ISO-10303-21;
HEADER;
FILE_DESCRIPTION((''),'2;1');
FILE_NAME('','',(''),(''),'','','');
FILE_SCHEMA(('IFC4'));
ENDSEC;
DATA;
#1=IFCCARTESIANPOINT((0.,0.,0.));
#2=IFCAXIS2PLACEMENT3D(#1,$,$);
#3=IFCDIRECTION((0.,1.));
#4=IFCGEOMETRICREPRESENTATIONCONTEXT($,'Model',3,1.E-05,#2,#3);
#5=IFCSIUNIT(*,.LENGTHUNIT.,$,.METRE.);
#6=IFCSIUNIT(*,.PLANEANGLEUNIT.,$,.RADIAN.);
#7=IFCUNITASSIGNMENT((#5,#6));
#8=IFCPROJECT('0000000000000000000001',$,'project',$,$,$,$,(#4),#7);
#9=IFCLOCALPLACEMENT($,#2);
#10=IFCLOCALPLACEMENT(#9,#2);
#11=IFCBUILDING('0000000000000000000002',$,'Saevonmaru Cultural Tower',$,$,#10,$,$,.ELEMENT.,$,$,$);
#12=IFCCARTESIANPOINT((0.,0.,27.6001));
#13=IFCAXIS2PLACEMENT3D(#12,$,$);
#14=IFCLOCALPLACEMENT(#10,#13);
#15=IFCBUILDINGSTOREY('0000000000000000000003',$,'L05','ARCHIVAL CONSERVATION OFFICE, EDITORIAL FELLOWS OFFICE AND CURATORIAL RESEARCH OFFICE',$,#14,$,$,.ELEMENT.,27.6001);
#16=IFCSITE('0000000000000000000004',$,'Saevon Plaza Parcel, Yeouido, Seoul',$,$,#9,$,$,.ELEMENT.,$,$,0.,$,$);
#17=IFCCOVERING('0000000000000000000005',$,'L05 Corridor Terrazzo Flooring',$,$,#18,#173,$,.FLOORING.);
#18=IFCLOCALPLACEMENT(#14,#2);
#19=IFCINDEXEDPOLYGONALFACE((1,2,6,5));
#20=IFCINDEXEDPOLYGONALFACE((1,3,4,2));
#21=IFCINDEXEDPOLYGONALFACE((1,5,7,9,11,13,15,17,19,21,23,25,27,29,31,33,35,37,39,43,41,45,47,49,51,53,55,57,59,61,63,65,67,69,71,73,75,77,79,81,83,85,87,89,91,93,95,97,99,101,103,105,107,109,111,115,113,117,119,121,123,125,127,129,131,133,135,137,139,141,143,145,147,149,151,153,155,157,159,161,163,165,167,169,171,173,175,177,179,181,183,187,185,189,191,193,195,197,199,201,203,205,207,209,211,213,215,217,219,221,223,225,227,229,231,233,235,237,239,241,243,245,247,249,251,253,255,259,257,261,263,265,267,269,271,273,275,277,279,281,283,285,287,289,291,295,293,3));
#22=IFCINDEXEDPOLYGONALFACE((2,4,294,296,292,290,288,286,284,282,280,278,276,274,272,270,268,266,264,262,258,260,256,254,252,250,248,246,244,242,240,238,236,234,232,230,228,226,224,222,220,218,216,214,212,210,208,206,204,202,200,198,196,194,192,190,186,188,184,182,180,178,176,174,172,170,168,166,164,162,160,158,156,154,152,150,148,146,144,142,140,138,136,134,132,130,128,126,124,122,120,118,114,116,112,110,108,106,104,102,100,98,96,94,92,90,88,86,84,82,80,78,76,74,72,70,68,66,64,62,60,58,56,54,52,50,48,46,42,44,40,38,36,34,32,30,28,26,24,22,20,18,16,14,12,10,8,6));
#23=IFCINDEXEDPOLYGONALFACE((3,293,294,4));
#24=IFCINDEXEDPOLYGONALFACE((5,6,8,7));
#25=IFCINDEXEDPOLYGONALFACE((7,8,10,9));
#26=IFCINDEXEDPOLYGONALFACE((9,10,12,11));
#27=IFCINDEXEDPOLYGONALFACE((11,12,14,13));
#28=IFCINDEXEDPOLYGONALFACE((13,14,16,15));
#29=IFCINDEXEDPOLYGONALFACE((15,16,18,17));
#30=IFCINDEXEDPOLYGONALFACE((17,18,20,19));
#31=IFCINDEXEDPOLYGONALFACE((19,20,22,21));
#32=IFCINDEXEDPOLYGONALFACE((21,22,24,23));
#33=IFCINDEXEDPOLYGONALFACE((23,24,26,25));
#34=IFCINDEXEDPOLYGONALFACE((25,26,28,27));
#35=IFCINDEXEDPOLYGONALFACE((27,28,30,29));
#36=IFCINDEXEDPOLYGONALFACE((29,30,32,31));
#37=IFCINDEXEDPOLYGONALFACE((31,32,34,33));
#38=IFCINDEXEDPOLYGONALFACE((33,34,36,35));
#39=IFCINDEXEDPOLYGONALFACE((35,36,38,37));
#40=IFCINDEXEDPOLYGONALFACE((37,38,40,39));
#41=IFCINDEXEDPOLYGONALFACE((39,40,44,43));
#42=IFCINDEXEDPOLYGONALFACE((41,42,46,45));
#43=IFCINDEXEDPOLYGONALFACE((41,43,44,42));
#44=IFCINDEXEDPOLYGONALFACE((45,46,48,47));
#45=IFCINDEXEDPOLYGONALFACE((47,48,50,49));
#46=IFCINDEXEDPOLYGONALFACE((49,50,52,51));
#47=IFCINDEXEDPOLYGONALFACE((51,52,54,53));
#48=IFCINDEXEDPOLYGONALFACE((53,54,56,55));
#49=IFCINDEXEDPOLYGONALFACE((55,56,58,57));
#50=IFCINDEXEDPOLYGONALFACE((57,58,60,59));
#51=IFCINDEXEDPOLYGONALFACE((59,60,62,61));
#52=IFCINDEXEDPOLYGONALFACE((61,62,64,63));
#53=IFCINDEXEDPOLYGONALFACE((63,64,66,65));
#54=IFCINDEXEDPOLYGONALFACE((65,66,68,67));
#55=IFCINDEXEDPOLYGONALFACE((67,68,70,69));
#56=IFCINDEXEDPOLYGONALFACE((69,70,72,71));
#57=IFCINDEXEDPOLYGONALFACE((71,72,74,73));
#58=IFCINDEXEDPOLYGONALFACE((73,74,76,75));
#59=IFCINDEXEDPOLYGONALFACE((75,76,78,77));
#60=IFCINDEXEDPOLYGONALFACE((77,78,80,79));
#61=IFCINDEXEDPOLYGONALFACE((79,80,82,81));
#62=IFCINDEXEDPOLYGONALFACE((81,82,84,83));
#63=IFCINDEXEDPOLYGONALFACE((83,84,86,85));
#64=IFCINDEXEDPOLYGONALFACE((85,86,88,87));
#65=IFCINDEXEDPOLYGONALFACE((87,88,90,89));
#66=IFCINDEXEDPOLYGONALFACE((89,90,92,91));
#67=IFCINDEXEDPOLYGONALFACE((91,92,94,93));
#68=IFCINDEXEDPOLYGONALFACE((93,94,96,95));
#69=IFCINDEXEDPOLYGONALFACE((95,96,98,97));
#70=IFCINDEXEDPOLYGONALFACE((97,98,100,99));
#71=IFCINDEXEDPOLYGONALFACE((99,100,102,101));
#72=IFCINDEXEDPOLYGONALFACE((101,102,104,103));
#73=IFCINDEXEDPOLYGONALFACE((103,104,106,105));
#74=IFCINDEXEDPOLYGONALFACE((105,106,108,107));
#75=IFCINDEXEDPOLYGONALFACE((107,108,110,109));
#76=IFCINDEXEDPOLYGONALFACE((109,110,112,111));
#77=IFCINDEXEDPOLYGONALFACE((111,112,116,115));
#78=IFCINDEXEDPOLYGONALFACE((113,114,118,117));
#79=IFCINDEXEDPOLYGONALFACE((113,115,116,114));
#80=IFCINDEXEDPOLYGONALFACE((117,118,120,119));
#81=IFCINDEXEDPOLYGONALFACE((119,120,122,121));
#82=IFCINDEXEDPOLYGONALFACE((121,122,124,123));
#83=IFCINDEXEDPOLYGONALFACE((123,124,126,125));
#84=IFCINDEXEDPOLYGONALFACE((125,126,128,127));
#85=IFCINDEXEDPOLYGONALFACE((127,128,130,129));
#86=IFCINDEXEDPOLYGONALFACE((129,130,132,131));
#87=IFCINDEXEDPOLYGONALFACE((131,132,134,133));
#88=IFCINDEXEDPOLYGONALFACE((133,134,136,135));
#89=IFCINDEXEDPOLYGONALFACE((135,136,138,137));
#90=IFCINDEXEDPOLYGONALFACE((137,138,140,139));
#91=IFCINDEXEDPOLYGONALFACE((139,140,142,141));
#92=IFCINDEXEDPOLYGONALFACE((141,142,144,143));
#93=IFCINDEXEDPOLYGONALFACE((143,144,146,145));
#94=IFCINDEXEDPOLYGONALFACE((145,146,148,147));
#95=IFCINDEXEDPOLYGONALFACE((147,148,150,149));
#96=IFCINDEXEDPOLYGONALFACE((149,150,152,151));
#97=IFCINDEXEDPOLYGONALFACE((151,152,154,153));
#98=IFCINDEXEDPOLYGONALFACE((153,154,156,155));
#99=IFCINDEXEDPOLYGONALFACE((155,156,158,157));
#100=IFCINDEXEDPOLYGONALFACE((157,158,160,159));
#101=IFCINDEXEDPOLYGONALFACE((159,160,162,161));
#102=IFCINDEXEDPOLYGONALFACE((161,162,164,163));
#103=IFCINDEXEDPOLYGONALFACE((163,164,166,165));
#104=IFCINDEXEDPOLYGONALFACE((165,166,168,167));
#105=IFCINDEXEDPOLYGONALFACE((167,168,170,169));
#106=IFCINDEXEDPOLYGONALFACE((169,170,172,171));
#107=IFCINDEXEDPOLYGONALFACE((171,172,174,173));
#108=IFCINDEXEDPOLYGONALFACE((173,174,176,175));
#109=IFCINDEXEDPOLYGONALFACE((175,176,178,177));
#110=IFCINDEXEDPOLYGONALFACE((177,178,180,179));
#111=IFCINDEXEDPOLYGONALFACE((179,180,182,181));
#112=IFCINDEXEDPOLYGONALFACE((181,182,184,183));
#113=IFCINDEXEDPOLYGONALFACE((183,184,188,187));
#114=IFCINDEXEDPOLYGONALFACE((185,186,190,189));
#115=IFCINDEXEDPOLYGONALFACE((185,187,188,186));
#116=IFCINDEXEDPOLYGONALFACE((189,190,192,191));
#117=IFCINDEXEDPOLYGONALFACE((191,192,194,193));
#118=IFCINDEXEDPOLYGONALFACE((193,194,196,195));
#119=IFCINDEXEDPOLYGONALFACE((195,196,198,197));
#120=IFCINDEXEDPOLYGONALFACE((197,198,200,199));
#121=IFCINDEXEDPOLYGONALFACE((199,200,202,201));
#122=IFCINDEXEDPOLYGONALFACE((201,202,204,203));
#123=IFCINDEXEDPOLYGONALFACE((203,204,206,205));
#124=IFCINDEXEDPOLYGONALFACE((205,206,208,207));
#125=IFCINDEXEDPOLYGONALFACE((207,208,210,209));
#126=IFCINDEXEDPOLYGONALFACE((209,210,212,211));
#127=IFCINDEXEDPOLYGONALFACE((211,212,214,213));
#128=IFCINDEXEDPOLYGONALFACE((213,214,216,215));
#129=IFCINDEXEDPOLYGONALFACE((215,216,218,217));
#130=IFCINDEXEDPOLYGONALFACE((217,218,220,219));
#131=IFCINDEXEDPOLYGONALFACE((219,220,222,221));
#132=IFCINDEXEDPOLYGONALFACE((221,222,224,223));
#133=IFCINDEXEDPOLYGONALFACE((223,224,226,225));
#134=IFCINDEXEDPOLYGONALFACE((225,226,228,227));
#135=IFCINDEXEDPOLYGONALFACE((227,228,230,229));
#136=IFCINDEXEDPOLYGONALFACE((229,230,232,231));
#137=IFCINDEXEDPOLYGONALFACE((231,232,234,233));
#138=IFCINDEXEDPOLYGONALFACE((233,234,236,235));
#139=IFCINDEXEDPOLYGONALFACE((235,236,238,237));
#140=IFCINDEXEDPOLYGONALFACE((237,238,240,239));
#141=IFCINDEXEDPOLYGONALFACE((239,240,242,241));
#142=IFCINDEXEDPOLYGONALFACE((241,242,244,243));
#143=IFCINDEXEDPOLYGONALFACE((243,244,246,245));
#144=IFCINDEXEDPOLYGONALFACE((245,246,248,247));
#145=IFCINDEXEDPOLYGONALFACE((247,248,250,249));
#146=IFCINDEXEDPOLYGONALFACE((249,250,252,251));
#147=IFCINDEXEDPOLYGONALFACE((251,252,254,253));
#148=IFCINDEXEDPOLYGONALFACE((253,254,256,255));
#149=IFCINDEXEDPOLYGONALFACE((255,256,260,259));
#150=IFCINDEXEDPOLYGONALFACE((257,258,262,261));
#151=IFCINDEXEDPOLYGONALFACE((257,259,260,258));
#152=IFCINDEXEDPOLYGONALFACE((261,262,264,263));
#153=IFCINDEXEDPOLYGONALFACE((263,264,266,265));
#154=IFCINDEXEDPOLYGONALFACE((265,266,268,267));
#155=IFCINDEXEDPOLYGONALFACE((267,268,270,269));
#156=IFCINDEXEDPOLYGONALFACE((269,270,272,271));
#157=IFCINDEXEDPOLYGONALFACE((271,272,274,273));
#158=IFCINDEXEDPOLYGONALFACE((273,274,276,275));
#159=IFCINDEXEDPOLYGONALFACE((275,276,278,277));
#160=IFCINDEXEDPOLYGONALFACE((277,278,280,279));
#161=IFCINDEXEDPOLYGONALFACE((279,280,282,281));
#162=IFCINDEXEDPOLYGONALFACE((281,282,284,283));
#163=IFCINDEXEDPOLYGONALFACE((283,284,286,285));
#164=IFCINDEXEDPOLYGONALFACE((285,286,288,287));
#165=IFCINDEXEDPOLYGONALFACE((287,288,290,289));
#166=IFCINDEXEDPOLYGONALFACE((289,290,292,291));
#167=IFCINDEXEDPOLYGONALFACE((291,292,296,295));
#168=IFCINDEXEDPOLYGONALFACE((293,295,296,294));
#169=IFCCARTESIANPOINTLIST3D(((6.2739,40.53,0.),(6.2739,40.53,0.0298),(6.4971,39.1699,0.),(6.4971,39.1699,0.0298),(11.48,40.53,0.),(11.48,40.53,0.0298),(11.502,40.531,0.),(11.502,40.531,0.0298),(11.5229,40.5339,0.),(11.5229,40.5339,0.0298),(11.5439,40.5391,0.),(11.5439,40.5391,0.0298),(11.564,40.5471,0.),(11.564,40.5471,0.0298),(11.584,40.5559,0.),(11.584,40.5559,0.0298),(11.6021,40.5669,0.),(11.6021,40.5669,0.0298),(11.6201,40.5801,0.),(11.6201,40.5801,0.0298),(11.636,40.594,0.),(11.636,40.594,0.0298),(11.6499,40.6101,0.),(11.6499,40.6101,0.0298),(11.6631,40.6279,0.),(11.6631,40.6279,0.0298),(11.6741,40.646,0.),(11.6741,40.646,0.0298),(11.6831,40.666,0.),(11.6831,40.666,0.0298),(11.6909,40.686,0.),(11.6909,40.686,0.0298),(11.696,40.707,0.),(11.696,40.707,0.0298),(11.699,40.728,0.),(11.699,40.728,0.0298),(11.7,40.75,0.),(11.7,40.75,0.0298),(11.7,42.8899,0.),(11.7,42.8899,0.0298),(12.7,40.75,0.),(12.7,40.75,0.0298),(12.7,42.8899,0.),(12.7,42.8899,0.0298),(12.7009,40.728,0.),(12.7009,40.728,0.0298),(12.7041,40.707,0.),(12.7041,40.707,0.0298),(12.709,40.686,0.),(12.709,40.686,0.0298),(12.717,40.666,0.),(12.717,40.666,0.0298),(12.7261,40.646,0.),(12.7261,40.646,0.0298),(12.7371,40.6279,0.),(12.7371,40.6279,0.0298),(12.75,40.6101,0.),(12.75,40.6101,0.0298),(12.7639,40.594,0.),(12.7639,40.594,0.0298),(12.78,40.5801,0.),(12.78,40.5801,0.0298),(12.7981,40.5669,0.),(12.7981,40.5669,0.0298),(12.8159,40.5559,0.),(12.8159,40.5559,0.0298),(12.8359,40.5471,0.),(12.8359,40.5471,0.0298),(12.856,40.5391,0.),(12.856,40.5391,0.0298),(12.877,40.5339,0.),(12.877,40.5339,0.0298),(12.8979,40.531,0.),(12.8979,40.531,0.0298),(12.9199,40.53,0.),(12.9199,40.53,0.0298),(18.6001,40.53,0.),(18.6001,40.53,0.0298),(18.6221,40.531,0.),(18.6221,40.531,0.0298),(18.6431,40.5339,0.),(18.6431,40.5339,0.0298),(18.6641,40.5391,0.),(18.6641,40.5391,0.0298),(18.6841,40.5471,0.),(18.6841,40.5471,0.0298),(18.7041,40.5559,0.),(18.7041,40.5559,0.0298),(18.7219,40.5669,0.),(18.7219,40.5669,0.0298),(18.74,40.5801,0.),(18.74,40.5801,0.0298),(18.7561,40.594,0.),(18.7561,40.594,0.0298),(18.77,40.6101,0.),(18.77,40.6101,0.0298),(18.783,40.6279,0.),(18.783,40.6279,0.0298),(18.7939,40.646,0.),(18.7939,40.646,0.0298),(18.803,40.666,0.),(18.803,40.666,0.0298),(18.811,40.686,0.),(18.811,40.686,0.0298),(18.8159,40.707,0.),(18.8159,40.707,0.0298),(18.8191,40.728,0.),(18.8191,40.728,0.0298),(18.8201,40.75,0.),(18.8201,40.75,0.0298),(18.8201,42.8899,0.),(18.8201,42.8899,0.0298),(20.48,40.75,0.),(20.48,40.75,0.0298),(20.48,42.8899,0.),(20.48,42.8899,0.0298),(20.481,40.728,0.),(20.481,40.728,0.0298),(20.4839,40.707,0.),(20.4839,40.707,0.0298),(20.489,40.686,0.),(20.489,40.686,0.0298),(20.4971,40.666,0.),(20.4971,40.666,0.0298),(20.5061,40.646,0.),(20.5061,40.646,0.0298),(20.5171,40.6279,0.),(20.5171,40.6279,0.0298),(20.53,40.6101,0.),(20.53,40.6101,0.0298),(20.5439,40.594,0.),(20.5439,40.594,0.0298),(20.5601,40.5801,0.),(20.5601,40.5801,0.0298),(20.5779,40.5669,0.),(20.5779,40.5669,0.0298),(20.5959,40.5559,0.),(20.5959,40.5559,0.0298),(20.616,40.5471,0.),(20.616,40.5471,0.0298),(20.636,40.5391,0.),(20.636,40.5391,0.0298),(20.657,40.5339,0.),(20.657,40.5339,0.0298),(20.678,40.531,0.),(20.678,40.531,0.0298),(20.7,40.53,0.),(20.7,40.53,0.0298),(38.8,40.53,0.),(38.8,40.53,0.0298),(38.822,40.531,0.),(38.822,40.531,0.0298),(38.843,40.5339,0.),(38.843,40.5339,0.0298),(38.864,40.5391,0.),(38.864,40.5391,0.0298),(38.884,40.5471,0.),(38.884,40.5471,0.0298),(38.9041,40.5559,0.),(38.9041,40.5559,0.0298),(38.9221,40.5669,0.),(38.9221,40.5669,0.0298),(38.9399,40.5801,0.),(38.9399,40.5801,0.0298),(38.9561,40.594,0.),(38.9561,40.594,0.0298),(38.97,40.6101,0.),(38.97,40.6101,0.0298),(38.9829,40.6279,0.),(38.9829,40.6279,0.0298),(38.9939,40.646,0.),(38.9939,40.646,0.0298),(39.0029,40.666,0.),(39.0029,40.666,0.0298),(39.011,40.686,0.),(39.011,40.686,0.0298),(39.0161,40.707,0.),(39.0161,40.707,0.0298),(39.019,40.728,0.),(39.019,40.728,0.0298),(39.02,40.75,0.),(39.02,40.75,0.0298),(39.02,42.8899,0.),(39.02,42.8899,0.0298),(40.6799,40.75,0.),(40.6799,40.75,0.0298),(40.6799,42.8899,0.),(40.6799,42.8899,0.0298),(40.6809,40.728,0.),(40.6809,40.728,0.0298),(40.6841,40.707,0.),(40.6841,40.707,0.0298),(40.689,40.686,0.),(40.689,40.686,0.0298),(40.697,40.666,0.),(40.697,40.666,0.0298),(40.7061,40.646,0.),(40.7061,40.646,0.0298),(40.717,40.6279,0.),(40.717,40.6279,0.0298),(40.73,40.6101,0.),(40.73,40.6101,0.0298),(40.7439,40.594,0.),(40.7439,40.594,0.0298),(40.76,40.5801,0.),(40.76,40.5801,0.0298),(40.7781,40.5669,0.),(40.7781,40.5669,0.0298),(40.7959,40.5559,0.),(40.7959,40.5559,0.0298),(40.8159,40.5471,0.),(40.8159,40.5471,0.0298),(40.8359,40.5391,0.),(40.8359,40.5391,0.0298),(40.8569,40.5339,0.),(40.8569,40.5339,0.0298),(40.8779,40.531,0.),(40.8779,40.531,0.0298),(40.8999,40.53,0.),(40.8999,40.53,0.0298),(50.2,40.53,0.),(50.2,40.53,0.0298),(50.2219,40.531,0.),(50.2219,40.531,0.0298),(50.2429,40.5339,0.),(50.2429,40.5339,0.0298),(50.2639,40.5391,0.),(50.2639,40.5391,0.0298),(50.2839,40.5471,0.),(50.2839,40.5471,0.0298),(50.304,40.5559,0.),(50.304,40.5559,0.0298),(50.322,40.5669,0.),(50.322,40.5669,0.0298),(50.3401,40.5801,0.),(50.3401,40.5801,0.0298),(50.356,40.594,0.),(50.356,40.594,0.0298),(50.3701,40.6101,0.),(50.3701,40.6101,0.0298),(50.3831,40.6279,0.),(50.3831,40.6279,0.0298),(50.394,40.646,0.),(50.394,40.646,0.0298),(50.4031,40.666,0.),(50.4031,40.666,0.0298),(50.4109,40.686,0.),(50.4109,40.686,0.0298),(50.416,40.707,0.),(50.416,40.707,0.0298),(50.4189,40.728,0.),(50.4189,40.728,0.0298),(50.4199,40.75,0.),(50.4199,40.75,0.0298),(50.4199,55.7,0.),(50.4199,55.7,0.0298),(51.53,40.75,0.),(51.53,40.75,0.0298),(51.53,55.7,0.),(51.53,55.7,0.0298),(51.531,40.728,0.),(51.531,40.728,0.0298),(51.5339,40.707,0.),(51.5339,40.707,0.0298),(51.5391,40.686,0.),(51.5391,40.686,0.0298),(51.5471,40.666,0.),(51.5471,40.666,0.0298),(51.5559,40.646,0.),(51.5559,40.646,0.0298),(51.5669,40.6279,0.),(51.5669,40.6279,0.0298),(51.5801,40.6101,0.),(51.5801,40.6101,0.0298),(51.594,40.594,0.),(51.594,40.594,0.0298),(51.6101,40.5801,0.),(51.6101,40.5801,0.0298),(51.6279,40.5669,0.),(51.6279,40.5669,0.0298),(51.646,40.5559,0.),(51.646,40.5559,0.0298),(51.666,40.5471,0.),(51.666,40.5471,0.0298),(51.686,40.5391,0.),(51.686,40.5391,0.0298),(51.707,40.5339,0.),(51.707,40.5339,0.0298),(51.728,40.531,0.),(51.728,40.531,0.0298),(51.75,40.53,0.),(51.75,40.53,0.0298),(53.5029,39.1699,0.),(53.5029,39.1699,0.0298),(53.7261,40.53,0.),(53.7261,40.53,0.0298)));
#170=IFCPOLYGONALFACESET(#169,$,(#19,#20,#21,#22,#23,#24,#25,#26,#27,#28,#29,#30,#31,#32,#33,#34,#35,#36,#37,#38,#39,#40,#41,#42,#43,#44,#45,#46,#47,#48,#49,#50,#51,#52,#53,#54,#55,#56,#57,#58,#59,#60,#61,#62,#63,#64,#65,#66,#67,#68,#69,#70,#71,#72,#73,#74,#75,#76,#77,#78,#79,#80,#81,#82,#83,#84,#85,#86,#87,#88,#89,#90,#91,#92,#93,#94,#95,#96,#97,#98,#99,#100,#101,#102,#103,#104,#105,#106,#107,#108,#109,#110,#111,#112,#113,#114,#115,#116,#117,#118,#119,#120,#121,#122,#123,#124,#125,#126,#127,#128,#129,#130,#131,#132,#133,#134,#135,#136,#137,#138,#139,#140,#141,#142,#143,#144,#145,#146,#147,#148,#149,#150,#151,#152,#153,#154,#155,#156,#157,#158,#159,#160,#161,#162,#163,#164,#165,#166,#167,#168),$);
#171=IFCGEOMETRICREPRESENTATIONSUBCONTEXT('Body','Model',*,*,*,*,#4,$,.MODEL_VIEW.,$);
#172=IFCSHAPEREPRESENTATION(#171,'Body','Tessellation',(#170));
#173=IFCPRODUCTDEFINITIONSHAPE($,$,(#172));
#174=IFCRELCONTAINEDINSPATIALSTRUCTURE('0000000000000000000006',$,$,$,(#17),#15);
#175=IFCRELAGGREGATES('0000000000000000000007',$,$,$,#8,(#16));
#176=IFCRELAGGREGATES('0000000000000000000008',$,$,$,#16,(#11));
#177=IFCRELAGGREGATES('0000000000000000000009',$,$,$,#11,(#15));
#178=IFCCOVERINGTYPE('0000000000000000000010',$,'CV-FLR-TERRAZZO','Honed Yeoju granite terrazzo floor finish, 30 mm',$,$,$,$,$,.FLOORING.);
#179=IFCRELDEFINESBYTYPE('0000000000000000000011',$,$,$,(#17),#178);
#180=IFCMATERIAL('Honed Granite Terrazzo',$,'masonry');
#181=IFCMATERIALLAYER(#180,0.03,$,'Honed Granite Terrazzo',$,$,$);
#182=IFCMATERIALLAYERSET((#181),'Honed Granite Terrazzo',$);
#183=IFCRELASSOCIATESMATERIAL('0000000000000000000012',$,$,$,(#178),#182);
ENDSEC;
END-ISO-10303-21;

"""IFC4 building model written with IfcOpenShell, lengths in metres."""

from ifc_helpers import new_model, si_unit, direction, frame, origin, place, context, subcontext, project, spatial, polyline, outline, extrude, material, layer, layer_set, type_object, element, save


model = new_model("IFC4")

# Units and contexts
model_context = context("Model", 3, precision=1e-05, world=origin(), true_north=direction((0.0, 1.0)))
body_context = subcontext(model_context, "Body", "Model", "MODEL_VIEW")
ifc_project = project(units=[si_unit("LENGTHUNIT", "METRE"), si_unit("PLANEANGLEUNIT", "RADIAN")], contexts=[model_context])

# Site, building, storey
site_placement = place(None, origin())
site = spatial("IfcSite", under=ifc_project, at=site_placement, Name="Saevon Plaza Parcel, Yeouido, Seoul", CompositionType="ELEMENT", RefElevation=0.0)
building_placement = place(site_placement, origin())
building = spatial("IfcBuilding", under=site, at=building_placement, Name="Saevonmaru Cultural Tower", CompositionType="ELEMENT")
storey_placement = place(building_placement, frame((0.0, 0.0, 27.6001)))
storey = spatial("IfcBuildingStorey", under=building, at=storey_placement, Name="L05", Description="ARCHIVAL CONSERVATION OFFICE, EDITORIAL FELLOWS OFFICE AND CURATORIAL RESEARCH OFFICE", CompositionType="ELEMENT", Elevation=27.6001)

# Covering
ifc_material_1 = material(Name="Honed Granite Terrazzo", Category="masonry")
ifc_layer_1 = layer(ifc_material_1, 0.03, Name="Honed Granite Terrazzo")
ifc_layer_set_1 = layer_set([ifc_layer_1], Name="Honed Granite Terrazzo")
covering_type_1 = type_object("IfcCoveringType", Name="CV-FLR-TERRAZZO", Description="Honed Yeoju granite terrazzo floor finish, 30 mm", PredefinedType="FLOORING", material=ifc_layer_set_1)
covering_1_placement = place(storey_placement, origin())
element("IfcCovering", 1, at=covering_1_placement, inside=storey, type_object=covering_type_1, Name="L05 Corridor Terrazzo Flooring", PredefinedType="FLOORING", context=body_context, shape_type="SweptSolid", body=[
    extrude(outline(polyline([(6.4971, 39.1699), (6.2739, 40.53), (11.48, 40.53), (11.502, 40.531), (11.5229, 40.5339), (11.5439, 40.5391), (11.564, 40.5471), (11.584, 40.5559), (11.6021, 40.5669), (11.6201, 40.5801), (11.636, 40.594), (11.6499, 40.6101), (11.6631, 40.6279), (11.6741, 40.646), (11.6831, 40.666), (11.6909, 40.686), (11.696, 40.707), (11.699, 40.728), (11.7, 40.75), (11.7, 42.8899), (12.7, 42.8899), (12.7, 40.75), (12.7009, 40.728), (12.7041, 40.707), (12.709, 40.686), (12.717, 40.666), (12.7261, 40.646), (12.7371, 40.6279), (12.75, 40.6101), (12.7639, 40.594), (12.78, 40.5801), (12.7981, 40.5669), (12.8159, 40.5559), (12.8359, 40.5471), (12.856, 40.5391), (12.877, 40.5339), (12.8979, 40.531), (12.9199, 40.53), (18.6001, 40.53), (18.6221, 40.531), (18.6431, 40.5339), (18.6641, 40.5391), (18.6841, 40.5471), (18.7041, 40.5559), (18.7219, 40.5669), (18.74, 40.5801), (18.7561, 40.594), (18.77, 40.6101), (18.783, 40.6279), (18.7939, 40.646), (18.803, 40.666), (18.811, 40.686), (18.8159, 40.707), (18.8191, 40.728), (18.8201, 40.75), (18.8201, 42.8899), (20.48, 42.8899), (20.48, 40.75), (20.481, 40.728), (20.4839, 40.707), (20.489, 40.686), (20.4971, 40.666), (20.5061, 40.646), (20.5171, 40.6279), (20.53, 40.6101), (20.5439, 40.594), (20.5601, 40.5801), (20.5779, 40.5669), (20.5959, 40.5559), (20.616, 40.5471), (20.636, 40.5391), (20.657, 40.5339), (20.678, 40.531), (20.7, 40.53), (38.8, 40.53), (38.822, 40.531), (38.843, 40.5339), (38.864, 40.5391), (38.884, 40.5471), (38.9041, 40.5559), (38.9221, 40.5669), (38.9399, 40.5801), (38.9561, 40.594), (38.97, 40.6101), (38.9829, 40.6279), (38.9939, 40.646), (39.0029, 40.666), (39.011, 40.686), (39.0161, 40.707), (39.019, 40.728), (39.02, 40.75), (39.02, 42.8899), (40.6799, 42.8899), (40.6799, 40.75), (40.6809, 40.728), (40.6841, 40.707), (40.689, 40.686), (40.697, 40.666), (40.7061, 40.646), (40.717, 40.6279), (40.73, 40.6101), (40.7439, 40.594), (40.76, 40.5801), (40.7781, 40.5669), (40.7959, 40.5559), (40.8159, 40.5471), (40.8359, 40.5391), (40.8569, 40.5339), (40.8779, 40.531), (40.8999, 40.53), (50.2, 40.53), (50.2219, 40.531), (50.2429, 40.5339), (50.2639, 40.5391), (50.2839, 40.5471), (50.304, 40.5559), (50.322, 40.5669), (50.3401, 40.5801), (50.356, 40.594), (50.3701, 40.6101), (50.3831, 40.6279), (50.394, 40.646), (50.4031, 40.666), (50.4109, 40.686), (50.416, 40.707), (50.4189, 40.728), (50.4199, 40.75), (50.4199, 55.7), (51.53, 55.7), (51.53, 40.75), (51.531, 40.728), (51.5339, 40.707), (51.5391, 40.686), (51.5471, 40.666), (51.5559, 40.646), (51.5669, 40.6279), (51.5801, 40.6101), (51.594, 40.594), (51.6101, 40.5801), (51.6279, 40.5669), (51.646, 40.5559), (51.666, 40.5471), (51.686, 40.5391), (51.707, 40.5339), (51.728, 40.531), (51.75, 40.53), (53.7261, 40.53), (53.5029, 39.1699), (6.4971, 39.1699)])), origin(), (0.0, 0.0, 1.0), 0.0298),
])

save(model, "model.ifc")
